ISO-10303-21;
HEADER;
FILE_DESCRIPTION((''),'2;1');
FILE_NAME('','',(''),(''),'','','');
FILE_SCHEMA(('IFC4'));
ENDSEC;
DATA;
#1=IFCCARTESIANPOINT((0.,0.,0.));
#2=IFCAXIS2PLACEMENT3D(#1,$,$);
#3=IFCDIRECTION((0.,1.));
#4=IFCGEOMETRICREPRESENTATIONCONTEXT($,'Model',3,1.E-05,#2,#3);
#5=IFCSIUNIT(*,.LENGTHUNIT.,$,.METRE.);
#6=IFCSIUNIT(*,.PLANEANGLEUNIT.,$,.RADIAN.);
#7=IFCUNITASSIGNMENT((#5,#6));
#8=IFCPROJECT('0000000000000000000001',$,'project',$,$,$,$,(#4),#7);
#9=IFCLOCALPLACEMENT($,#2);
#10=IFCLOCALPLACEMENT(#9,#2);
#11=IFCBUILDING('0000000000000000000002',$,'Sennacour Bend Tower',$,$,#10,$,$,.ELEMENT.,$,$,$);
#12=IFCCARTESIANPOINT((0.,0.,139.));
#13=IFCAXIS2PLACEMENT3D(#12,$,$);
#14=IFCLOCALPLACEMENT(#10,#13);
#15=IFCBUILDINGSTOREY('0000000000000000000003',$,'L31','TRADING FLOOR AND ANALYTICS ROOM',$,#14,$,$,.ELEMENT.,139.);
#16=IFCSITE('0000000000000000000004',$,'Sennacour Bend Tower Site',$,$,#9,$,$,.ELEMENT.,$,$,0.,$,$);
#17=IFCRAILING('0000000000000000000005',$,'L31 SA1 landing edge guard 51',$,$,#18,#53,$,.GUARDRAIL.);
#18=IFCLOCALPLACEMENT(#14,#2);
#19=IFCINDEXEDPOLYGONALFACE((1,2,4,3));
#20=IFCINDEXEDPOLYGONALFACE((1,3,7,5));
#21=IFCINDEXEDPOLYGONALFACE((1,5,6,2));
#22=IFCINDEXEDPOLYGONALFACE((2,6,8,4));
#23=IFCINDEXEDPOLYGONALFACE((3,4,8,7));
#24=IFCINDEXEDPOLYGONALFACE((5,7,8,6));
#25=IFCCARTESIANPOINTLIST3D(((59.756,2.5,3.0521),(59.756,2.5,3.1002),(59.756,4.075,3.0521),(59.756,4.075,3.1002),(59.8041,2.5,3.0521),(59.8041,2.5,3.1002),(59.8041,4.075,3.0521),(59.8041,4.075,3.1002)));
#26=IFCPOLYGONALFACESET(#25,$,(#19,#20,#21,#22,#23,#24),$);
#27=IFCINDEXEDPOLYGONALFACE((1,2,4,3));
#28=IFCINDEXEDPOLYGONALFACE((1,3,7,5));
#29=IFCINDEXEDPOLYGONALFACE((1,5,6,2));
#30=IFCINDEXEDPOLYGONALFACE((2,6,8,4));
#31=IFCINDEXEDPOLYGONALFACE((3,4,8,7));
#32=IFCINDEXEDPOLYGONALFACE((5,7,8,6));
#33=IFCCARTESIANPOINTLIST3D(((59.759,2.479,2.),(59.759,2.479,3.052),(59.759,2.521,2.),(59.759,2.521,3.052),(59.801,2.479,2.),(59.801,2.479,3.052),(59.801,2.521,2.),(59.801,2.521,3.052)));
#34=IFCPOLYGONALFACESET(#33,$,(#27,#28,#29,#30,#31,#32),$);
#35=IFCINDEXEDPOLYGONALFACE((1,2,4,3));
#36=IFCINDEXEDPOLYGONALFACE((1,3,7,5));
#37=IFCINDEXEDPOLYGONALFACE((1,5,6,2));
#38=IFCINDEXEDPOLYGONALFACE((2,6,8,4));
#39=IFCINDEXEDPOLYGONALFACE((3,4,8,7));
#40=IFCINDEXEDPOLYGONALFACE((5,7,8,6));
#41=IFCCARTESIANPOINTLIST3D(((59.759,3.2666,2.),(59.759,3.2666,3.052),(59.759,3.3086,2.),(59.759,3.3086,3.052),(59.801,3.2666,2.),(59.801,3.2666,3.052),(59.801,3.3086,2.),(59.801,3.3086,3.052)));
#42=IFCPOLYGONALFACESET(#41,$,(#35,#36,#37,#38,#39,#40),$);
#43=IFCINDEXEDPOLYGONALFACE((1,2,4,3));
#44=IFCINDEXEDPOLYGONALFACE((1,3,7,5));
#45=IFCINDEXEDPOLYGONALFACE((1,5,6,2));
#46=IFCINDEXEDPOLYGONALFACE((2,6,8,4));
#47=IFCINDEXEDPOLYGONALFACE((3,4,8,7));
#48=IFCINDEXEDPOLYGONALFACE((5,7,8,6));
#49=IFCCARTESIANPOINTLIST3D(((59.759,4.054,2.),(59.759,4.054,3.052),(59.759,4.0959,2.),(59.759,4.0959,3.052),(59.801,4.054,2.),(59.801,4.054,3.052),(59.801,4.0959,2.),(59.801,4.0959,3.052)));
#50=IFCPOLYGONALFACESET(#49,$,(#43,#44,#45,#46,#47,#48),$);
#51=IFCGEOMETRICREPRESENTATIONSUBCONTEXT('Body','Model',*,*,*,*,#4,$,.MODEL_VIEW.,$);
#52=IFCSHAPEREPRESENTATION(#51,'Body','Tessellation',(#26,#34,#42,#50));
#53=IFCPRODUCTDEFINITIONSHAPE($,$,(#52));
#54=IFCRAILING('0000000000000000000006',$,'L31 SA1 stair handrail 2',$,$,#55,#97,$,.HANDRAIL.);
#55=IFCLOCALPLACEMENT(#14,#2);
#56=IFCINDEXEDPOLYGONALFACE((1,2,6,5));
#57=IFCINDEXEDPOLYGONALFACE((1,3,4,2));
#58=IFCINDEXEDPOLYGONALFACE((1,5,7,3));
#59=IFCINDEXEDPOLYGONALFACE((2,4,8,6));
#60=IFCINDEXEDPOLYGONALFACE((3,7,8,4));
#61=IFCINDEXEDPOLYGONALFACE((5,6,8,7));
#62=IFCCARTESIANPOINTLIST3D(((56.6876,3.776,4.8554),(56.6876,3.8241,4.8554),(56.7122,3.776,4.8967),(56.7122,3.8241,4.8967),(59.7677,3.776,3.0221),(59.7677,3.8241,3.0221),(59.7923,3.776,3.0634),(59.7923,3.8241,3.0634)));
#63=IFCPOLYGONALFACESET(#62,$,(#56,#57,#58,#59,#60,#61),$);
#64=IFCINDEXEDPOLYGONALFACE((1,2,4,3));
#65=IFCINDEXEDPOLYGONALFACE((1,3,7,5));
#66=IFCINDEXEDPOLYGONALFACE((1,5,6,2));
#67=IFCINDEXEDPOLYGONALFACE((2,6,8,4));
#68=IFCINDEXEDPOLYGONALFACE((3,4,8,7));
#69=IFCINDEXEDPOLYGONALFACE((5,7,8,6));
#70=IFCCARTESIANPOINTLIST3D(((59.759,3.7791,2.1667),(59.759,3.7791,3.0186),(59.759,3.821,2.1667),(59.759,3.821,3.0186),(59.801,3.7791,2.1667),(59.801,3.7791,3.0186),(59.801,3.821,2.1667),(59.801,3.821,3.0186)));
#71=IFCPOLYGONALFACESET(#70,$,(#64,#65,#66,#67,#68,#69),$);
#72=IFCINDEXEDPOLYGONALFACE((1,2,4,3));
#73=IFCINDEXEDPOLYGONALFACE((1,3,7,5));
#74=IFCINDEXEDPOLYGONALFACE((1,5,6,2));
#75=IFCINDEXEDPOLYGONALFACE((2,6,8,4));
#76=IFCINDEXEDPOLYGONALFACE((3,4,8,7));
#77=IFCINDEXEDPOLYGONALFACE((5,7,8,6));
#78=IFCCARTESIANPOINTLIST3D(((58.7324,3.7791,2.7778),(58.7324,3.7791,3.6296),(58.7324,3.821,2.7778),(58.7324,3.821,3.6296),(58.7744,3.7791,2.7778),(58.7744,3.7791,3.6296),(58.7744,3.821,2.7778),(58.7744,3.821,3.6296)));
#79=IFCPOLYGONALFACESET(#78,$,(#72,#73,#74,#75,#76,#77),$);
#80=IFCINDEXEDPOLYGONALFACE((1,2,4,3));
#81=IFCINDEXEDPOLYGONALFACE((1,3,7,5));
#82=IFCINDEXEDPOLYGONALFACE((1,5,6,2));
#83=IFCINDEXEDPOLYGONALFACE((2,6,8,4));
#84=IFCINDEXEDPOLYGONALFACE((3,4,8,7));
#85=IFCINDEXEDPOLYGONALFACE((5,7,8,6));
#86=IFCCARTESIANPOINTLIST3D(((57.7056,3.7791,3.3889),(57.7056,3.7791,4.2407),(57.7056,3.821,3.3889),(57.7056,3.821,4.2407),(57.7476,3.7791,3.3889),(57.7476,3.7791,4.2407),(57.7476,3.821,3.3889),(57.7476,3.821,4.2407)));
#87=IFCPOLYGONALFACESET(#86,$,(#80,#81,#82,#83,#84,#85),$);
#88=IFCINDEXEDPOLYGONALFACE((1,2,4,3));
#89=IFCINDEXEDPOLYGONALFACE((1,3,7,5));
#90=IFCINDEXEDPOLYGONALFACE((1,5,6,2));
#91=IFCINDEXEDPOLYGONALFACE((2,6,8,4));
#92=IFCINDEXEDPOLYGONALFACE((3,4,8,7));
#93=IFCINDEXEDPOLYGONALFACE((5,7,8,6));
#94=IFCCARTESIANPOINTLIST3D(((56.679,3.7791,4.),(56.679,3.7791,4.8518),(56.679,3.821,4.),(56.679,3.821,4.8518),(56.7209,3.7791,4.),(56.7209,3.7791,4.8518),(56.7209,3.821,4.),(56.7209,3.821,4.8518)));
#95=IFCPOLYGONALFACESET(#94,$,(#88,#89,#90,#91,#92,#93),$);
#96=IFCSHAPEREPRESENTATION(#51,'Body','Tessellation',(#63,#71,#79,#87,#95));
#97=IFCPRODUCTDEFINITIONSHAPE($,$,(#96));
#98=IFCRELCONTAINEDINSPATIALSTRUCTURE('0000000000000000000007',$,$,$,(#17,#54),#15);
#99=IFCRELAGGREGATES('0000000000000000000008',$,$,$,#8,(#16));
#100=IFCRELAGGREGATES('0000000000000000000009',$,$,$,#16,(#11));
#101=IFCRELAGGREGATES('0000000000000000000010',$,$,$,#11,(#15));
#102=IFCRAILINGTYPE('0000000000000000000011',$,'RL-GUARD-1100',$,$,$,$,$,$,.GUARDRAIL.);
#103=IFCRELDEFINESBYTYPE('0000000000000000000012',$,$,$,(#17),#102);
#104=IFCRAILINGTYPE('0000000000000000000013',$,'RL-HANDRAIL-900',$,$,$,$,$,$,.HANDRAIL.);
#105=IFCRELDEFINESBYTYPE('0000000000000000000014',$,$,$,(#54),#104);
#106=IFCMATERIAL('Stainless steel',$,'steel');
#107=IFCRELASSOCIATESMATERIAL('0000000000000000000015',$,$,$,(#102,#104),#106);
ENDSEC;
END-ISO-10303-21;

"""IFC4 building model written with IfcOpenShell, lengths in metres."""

from ifc_helpers import new_model, si_unit, direction, frame, origin, origin_2d, place, context, subcontext, project, spatial, rectangle, extrude, material, type_object, element, save


model = new_model("IFC4")

# Units and contexts
model_context = context("Model", 3, precision=1e-05, world=origin(), true_north=direction((0.0, 1.0)))
body_context = subcontext(model_context, "Body", "Model", "MODEL_VIEW")
ifc_project = project(units=[si_unit("LENGTHUNIT", "METRE"), si_unit("PLANEANGLEUNIT", "RADIAN")], contexts=[model_context])

# Site, building, storey
site_placement = place(None, origin())
site = spatial("IfcSite", under=ifc_project, at=site_placement, Name="Sennacour Bend Tower Site", CompositionType="ELEMENT", RefElevation=0.0)
building_placement = place(site_placement, origin())
building = spatial("IfcBuilding", under=site, at=building_placement, Name="Sennacour Bend Tower", CompositionType="ELEMENT")
storey_placement = place(building_placement, frame((0.0, 0.0, 139.0)))
storey = spatial("IfcBuildingStorey", under=building, at=storey_placement, Name="L31", Description="TRADING FLOOR AND ANALYTICS ROOM", CompositionType="ELEMENT", Elevation=139.0)

# Railings
ifc_material_1 = material(Name="Stainless steel", Category="steel")
railing_type_1 = type_object("IfcRailingType", Name="RL-GUARD-1100", PredefinedType="GUARDRAIL", material=ifc_material_1)
railing_1_placement = place(storey_placement, frame((59.78, 2.5, 2.0)))
element("IfcRailing", 1, at=railing_1_placement, inside=storey, type_object=railing_type_1, Name="L31 SA1 landing edge guard 51", PredefinedType="GUARDRAIL", context=body_context, shape_type="SweptSolid", body=[
    extrude(rectangle(XDim=0.0481, YDim=0.0481, at=origin_2d()), frame((0.0, 0.0, 1.0762), z_axis=(0.0, 1.0, 0.0), x_axis=(-1.0, 0.0, 0.0)), (0.0, 0.0, 1.0), 1.575),
    extrude(rectangle(XDim=0.042, YDim=0.042, at=origin_2d()), origin(), (0.0, 0.0, 1.0), 1.052),
    extrude(rectangle(XDim=0.042, YDim=0.042, at=origin_2d()), frame((0.0, 0.7876, 0.0)), (0.0, 0.0, 1.0), 1.052),
    extrude(rectangle(XDim=0.042, YDim=0.042, at=origin_2d()), frame((0.0, 1.575, 0.0)), (0.0, 0.0, 1.0), 1.052),
])
railing_type_2 = type_object("IfcRailingType", Name="RL-HANDRAIL-900", PredefinedType="HANDRAIL", material=ifc_material_1)
railing_2_placement = place(storey_placement, frame((59.78, 3.8, 2.1667)))
element("IfcRailing", 2, at=railing_2_placement, inside=storey, type_object=railing_type_2, Name="L31 SA1 stair handrail 2", PredefinedType="HANDRAIL", context=body_context, shape_type="SweptSolid", body=[
    extrude(rectangle(XDim=0.0481, YDim=0.0481, at=origin_2d()), frame((0.0, 0.0, 0.876), z_axis=(-0.859309, 0.0, 0.511458), x_axis=(0.0, -1.0, 0.0)), (0.0, 0.0, 1.0), 3.5845),
    extrude(rectangle(XDim=0.042, YDim=0.042, at=origin_2d()), origin(), (0.0, 0.0, 1.0), 0.8518),
    extrude(rectangle(XDim=0.042, YDim=0.042, at=origin_2d()), frame((-1.0266, 0.0, 0.6111)), (0.0, 0.0, 1.0), 0.8518),
    extrude(rectangle(XDim=0.042, YDim=0.042, at=origin_2d()), frame((-2.0535, 0.0, 1.2222)), (0.0, 0.0, 1.0), 0.8518),
    extrude(rectangle(XDim=0.042, YDim=0.042, at=origin_2d()), frame((-3.0801, 0.0, 1.8333)), (0.0, 0.0, 1.0), 0.8518),
])

save(model, "model.ifc")
